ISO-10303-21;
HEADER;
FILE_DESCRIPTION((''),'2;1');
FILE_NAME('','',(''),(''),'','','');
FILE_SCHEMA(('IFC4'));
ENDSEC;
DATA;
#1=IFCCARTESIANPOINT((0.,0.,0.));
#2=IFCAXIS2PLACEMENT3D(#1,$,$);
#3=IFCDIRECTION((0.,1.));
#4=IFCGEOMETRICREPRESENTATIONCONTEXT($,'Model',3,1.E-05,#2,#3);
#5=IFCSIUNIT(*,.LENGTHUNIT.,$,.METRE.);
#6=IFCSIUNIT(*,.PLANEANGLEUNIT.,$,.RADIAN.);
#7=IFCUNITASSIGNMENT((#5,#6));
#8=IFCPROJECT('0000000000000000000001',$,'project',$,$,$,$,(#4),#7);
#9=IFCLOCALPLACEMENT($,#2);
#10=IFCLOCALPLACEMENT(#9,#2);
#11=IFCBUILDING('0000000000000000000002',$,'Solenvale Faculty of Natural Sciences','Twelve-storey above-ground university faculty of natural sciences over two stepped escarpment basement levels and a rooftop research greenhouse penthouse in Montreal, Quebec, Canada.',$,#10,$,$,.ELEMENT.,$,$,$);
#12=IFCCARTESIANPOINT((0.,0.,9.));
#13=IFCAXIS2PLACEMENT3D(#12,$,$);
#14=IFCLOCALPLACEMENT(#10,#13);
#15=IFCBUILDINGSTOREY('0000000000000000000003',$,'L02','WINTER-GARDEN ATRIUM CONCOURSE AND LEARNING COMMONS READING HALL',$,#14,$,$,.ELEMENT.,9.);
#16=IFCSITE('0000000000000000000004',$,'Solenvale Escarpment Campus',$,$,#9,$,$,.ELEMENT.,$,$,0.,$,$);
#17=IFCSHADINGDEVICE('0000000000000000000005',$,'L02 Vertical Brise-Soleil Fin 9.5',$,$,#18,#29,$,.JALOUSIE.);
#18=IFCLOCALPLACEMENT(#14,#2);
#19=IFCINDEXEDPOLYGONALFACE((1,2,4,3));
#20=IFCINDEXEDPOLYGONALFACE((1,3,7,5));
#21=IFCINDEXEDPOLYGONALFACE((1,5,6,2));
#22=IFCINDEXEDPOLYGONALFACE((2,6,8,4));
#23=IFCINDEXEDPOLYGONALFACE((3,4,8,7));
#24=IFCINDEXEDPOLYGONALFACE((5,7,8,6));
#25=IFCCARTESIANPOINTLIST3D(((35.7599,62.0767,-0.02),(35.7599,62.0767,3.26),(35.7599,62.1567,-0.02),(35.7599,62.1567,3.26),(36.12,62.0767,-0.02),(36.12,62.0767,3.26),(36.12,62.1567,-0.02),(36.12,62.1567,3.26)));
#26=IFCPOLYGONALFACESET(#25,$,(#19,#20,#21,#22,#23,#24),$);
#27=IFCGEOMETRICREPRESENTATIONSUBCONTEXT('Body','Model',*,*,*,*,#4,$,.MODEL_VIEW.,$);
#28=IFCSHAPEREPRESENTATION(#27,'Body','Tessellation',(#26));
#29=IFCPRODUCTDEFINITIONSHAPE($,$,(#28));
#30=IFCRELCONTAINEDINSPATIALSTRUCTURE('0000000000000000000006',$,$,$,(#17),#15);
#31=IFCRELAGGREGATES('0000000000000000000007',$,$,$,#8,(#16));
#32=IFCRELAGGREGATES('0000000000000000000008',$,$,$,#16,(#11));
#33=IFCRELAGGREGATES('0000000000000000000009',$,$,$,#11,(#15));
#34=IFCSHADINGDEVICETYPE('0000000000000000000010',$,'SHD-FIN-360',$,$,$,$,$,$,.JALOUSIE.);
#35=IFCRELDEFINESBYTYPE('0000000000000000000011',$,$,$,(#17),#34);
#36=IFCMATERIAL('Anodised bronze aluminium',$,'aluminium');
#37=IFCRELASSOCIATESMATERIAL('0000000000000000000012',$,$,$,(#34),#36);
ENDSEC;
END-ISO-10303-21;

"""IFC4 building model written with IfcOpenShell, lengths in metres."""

from ifc_helpers import new_model, si_unit, direction, frame, origin, origin_2d, place, context, subcontext, project, spatial, rectangle, extrude, material, material_profile, profile_set, type_object, element, save


model = new_model("IFC4")

# Units and contexts
model_context = context("Model", 3, precision=1e-05, world=origin(), true_north=direction((0.0, 1.0)))
body_context = subcontext(model_context, "Body", "Model", "MODEL_VIEW")
ifc_project = project(units=[si_unit("LENGTHUNIT", "METRE"), si_unit("PLANEANGLEUNIT", "RADIAN")], contexts=[model_context])

# Site, building, storey
site_placement = place(None, origin())
site = spatial("IfcSite", under=ifc_project, at=site_placement, Name="Solenvale Escarpment Campus", CompositionType="ELEMENT", RefElevation=0.0)
building_placement = place(site_placement, origin())
building = spatial("IfcBuilding", under=site, at=building_placement, Name="Solenvale Faculty of Natural Sciences", Description="Twelve-storey above-ground university faculty of natural sciences over two stepped escarpment basement levels and a rooftop research greenhouse penthouse in Montreal, Quebec, Canada.", CompositionType="ELEMENT")
storey_placement = place(building_placement, frame((0.0, 0.0, 9.0)))
storey = spatial("IfcBuildingStorey", under=building, at=storey_placement, Name="L02", Description="WINTER-GARDEN ATRIUM CONCOURSE AND LEARNING COMMONS READING HALL", CompositionType="ELEMENT", Elevation=9.0)

# Shared definitions
ifc_material_1 = material(Name="Anodised bronze aluminium", Category="aluminium")

# Shading device
ifc_material_profile_1 = material_profile(ifc_material_1, rectangle(XDim=0.0801, YDim=0.3601, at=origin_2d()), Name="ALU-FIN-80x360")
ifc_profile_set_1 = profile_set([ifc_material_profile_1], Name="Anodised bronze aluminium")
shading_device_type = type_object("IfcShadingDeviceType", Name="SHD-FIN-360", PredefinedType="JALOUSIE", material=ifc_profile_set_1)
shading_device_placement = place(storey_placement, frame((35.9399, 62.1167, -0.02), z_axis=(0.0, 0.0, 1.0), x_axis=(0.0, 1.0, 0.0)))
element("IfcShadingDevice", 1, at=shading_device_placement, inside=storey, type_object=shading_device_type, Name="L02 Vertical Brise-Soleil Fin 9.5", PredefinedType="JALOUSIE", context=body_context, shape_type="SweptSolid", body=[
    extrude(rectangle(XDim=0.0801, YDim=0.3601, at=origin_2d()), origin(), (0.0, 0.0, 1.0), 3.28),
])

save(model, "model.ifc")
